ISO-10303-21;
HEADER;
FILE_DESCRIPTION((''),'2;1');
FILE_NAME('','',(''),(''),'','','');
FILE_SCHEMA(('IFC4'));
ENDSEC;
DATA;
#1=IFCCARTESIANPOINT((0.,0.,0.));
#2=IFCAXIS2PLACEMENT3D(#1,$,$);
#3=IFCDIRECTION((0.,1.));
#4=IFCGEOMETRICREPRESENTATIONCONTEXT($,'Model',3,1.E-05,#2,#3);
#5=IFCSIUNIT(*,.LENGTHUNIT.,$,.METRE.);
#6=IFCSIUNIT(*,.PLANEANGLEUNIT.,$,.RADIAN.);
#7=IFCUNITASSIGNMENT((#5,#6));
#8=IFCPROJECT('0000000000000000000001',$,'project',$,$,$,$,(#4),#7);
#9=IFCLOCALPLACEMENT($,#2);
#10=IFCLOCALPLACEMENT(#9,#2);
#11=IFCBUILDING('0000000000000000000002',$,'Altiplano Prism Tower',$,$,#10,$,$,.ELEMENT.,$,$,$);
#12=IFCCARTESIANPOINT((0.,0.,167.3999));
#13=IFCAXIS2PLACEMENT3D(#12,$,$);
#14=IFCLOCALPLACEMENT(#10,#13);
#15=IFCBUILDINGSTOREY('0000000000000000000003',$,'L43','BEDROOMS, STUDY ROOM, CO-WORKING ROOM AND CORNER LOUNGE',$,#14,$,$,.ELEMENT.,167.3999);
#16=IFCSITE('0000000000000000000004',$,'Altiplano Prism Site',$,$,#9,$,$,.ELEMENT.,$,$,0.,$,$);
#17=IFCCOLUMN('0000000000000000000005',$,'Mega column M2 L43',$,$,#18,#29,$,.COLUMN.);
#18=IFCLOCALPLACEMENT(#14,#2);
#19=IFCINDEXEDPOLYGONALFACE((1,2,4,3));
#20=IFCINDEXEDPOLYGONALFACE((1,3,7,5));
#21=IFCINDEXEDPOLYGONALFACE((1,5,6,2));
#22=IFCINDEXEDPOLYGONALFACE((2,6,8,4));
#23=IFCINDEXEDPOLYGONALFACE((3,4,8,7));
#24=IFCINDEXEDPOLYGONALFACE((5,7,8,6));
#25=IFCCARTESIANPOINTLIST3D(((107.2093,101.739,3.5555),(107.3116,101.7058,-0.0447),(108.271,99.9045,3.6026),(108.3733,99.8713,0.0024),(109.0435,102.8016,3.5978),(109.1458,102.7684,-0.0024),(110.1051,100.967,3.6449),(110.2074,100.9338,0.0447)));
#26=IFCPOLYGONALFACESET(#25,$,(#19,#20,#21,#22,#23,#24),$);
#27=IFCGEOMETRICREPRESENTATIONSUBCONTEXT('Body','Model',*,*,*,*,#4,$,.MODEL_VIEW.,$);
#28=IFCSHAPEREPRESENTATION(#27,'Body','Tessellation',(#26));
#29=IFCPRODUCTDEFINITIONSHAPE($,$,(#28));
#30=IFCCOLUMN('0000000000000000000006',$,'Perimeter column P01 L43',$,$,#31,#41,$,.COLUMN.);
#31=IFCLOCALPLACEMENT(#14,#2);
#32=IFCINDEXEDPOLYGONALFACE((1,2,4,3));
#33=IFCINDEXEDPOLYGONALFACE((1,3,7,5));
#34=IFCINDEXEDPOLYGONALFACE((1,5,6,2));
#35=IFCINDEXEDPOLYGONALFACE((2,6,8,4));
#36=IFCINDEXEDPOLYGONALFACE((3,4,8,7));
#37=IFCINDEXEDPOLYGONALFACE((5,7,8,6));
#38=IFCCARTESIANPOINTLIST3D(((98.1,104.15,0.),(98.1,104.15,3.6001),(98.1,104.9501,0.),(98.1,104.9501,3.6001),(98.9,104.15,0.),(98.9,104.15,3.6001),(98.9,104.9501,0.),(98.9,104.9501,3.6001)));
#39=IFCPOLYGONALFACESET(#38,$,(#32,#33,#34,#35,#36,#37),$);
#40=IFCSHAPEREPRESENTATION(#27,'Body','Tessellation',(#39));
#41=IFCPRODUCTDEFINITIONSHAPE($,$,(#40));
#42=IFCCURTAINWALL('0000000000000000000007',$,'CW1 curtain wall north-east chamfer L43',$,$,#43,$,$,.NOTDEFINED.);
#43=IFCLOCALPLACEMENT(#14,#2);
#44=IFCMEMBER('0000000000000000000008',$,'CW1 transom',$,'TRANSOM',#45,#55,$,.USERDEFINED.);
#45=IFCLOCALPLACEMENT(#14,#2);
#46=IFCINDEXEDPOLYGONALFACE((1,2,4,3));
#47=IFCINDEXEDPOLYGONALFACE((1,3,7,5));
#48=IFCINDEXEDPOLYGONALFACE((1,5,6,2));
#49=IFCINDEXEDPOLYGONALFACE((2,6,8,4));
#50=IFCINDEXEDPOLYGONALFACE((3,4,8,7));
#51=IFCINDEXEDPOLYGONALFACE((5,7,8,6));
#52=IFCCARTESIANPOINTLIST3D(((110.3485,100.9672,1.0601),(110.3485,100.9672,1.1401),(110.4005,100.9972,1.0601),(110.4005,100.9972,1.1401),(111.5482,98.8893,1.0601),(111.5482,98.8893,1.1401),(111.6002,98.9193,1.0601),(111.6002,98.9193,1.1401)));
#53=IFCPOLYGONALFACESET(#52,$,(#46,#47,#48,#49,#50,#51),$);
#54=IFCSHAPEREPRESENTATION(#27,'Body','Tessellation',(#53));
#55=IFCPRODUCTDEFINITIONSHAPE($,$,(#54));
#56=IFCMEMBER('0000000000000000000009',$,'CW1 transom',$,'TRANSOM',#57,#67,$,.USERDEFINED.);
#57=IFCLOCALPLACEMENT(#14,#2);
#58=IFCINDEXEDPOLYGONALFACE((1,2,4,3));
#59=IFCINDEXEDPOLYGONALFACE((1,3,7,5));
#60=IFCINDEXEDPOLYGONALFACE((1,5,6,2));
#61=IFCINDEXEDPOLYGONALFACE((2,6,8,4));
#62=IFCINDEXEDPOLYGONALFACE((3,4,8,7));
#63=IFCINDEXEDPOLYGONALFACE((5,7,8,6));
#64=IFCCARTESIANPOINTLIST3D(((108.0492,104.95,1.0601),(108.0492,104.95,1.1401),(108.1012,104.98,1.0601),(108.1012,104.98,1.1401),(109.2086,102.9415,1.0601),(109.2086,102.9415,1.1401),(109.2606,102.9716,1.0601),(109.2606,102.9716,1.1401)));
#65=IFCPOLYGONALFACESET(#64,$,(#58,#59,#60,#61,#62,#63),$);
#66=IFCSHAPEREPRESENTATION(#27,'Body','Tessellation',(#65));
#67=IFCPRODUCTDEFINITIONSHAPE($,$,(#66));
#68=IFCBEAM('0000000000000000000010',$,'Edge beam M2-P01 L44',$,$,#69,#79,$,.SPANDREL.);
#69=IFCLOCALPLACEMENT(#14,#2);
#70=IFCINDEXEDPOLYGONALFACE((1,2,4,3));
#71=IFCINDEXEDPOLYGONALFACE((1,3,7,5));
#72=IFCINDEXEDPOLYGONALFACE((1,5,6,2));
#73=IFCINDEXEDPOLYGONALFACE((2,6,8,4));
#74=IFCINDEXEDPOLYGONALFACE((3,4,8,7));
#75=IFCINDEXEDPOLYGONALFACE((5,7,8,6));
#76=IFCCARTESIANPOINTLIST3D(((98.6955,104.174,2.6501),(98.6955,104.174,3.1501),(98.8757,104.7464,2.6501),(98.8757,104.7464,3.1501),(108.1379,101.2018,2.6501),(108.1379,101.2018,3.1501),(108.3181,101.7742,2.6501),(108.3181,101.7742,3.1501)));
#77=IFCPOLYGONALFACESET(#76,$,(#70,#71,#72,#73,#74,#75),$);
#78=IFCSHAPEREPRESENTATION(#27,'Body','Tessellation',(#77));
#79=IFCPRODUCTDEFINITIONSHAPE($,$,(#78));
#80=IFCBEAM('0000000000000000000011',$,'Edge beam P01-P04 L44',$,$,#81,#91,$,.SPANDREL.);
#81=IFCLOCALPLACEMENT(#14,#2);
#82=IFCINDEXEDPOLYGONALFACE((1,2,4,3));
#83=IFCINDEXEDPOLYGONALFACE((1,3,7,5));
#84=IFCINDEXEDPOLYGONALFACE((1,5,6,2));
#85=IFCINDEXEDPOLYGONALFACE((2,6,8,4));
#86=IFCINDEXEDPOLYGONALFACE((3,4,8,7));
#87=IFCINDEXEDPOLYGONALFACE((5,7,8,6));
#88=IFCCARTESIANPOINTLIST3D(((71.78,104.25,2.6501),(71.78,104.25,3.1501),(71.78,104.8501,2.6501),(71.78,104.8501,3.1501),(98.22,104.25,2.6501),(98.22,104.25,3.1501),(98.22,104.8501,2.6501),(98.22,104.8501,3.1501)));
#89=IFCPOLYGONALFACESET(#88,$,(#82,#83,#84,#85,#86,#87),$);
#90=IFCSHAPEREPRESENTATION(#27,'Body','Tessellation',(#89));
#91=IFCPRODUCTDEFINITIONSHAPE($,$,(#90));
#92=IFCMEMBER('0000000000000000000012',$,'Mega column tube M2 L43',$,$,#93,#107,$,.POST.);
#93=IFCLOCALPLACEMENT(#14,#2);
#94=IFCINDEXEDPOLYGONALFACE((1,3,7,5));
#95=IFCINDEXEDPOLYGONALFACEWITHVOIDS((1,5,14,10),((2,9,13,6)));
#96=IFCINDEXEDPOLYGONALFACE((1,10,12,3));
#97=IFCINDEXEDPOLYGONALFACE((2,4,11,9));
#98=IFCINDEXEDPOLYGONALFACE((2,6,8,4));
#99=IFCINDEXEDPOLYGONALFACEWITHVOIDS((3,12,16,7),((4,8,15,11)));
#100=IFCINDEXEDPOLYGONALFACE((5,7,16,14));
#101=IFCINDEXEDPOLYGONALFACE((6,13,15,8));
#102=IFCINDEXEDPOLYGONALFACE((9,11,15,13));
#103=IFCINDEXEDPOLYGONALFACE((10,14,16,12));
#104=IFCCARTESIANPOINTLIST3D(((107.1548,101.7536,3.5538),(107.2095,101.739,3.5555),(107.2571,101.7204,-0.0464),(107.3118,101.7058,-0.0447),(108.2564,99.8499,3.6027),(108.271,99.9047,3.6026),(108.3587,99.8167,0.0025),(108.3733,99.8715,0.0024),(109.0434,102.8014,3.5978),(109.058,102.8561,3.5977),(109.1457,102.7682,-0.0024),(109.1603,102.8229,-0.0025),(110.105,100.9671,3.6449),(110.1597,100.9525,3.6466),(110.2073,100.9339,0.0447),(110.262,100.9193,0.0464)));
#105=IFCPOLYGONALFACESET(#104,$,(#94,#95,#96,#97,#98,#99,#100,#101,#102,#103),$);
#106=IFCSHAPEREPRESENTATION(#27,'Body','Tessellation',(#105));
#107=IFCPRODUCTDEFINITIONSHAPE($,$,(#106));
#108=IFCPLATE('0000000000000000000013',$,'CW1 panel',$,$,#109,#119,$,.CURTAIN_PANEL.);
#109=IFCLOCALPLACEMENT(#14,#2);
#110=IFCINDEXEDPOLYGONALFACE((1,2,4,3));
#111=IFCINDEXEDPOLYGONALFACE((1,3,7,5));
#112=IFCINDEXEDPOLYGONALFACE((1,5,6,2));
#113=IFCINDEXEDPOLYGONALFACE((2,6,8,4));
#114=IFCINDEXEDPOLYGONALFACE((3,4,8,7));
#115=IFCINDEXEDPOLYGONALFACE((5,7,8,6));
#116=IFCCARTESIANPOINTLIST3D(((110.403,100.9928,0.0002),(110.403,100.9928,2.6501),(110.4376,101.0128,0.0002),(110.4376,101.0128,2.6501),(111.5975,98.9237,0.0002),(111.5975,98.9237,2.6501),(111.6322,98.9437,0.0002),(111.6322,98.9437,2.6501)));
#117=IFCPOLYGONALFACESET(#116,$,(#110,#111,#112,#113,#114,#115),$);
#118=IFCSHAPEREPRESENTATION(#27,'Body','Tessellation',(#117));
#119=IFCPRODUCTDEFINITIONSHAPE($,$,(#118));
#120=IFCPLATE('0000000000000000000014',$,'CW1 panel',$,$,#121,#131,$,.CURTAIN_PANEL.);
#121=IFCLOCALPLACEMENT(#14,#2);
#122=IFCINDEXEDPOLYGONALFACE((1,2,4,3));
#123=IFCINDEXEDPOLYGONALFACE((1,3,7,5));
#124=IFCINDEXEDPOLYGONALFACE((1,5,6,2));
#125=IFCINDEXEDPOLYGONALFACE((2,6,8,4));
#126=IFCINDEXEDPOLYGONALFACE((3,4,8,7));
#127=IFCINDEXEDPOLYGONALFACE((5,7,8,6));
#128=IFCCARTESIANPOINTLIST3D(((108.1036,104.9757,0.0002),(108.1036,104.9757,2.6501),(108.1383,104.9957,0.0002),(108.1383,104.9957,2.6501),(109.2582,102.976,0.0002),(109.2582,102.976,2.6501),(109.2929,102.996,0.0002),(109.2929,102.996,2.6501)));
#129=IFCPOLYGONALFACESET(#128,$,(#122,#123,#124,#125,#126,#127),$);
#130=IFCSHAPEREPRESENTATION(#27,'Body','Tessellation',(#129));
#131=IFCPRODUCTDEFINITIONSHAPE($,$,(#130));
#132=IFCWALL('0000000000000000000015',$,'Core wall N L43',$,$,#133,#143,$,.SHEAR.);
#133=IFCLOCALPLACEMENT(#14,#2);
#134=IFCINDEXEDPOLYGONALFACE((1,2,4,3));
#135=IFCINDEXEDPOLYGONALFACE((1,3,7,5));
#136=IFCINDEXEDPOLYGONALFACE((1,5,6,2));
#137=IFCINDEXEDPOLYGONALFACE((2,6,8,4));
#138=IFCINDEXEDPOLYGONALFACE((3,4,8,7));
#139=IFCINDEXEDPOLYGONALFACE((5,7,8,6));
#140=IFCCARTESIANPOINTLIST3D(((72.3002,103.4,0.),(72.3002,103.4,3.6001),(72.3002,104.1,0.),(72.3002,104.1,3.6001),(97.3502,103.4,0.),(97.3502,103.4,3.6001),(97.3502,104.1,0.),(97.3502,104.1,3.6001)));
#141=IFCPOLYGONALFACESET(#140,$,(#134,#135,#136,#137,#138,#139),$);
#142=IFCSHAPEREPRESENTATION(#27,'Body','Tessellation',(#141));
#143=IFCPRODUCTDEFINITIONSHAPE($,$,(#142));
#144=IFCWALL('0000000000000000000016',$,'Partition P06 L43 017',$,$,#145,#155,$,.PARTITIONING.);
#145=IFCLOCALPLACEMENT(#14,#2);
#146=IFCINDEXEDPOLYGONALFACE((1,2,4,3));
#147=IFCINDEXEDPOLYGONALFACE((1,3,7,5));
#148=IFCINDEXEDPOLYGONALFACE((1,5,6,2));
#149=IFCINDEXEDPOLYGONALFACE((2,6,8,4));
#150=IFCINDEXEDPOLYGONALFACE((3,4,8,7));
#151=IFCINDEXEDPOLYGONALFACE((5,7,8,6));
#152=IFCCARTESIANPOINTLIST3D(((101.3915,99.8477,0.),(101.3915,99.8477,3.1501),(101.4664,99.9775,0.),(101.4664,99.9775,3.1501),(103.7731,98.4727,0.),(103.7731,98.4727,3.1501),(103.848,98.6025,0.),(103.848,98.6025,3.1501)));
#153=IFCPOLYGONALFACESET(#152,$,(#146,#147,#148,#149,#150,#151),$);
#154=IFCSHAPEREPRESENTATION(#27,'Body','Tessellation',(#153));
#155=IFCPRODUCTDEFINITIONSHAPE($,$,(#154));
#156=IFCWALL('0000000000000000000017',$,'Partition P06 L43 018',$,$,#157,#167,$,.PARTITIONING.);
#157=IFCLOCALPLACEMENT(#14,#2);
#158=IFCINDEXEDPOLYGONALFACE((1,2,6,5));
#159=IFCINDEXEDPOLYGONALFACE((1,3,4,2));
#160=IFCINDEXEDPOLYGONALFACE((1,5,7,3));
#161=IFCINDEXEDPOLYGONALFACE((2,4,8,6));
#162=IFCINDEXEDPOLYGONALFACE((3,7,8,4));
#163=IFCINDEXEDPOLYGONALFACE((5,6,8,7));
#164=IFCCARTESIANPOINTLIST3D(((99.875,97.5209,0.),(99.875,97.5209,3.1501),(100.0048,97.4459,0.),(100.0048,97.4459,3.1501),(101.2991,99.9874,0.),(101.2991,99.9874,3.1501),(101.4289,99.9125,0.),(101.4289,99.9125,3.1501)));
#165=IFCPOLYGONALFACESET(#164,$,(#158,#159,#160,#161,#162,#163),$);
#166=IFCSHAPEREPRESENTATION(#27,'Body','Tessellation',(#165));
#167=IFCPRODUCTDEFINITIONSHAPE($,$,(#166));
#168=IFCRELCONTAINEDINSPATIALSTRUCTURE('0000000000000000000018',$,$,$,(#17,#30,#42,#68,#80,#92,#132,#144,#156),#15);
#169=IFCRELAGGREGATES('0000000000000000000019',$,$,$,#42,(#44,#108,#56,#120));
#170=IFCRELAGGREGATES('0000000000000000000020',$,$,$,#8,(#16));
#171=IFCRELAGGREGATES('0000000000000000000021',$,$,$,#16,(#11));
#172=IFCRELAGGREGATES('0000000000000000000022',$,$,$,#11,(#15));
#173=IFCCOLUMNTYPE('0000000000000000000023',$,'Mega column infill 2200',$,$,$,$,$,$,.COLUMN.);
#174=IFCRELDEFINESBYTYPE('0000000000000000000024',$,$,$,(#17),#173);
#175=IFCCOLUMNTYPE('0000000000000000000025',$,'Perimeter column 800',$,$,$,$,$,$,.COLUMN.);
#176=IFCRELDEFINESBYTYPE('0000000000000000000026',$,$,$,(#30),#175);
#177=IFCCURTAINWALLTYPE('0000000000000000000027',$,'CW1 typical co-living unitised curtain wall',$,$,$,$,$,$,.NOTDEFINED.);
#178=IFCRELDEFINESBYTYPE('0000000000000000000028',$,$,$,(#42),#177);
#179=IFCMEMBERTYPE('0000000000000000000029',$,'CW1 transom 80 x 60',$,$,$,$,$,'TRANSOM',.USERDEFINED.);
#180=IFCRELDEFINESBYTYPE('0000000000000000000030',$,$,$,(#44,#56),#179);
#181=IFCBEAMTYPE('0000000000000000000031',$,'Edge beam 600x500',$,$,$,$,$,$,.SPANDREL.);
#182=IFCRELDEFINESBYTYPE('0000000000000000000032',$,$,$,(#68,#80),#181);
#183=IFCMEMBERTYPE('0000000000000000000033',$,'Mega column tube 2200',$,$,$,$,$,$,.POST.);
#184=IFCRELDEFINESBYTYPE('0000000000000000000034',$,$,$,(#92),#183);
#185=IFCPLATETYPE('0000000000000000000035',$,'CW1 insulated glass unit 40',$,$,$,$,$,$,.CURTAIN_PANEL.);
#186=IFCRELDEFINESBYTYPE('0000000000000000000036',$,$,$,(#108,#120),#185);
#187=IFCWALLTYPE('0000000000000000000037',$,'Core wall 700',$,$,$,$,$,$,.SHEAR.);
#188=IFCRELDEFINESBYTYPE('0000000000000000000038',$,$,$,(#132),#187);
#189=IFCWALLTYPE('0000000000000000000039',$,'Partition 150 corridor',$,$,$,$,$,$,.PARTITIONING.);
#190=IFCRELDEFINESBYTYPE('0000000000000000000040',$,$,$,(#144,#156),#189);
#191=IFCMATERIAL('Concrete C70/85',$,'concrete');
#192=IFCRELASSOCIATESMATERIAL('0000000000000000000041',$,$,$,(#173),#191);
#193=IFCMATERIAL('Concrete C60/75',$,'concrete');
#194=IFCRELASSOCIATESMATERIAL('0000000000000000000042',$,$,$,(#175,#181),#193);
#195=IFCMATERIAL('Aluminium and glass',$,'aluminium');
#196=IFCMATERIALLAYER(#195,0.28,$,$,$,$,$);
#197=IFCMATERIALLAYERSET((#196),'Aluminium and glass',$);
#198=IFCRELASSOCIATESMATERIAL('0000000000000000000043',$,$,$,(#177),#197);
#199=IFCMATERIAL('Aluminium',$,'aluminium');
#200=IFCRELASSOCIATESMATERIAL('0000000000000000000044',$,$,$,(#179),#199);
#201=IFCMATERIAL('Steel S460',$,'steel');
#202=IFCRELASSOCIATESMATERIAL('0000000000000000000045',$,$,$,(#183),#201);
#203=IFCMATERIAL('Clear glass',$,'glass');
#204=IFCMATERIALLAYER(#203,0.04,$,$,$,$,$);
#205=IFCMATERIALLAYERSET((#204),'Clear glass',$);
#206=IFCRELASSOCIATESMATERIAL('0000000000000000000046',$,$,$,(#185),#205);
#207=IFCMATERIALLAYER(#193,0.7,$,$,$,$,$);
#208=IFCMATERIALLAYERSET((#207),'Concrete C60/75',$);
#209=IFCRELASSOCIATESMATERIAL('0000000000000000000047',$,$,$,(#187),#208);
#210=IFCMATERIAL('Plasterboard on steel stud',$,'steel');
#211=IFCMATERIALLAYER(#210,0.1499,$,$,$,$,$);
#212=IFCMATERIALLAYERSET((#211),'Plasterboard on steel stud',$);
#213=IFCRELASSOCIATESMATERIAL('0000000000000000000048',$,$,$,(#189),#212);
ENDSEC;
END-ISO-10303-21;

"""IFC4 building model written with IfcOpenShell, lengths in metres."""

from ifc_helpers import new_model, si_unit, direction, frame, frame_2d, origin, origin_2d, place, context, subcontext, project, spatial, rectangle, hollow_rectangle, extrude, material, layer, layer_set, material_profile, profile_set, type_object, element, aggregate, save


model = new_model("IFC4")

# Units and contexts
model_context = context("Model", 3, precision=1e-05, world=origin(), true_north=direction((0.0, 1.0)))
body_context = subcontext(model_context, "Body", "Model", "MODEL_VIEW")
ifc_project = project(units=[si_unit("LENGTHUNIT", "METRE"), si_unit("PLANEANGLEUNIT", "RADIAN")], contexts=[model_context])

# Site, building, storey
site_placement = place(None, origin())
site = spatial("IfcSite", under=ifc_project, at=site_placement, Name="Altiplano Prism Site", CompositionType="ELEMENT", RefElevation=0.0)
building_placement = place(site_placement, origin())
building = spatial("IfcBuilding", under=site, at=building_placement, Name="Altiplano Prism Tower", CompositionType="ELEMENT")
storey_placement = place(building_placement, frame((0.0, 0.0, 167.3999)))
storey = spatial("IfcBuildingStorey", under=building, at=storey_placement, Name="L43", Description="BEDROOMS, STUDY ROOM, CO-WORKING ROOM AND CORNER LOUNGE", CompositionType="ELEMENT", Elevation=167.3999)

# Columns
ifc_material_1 = material(Name="Concrete C70/85", Category="concrete")
ifc_material_profile_1 = material_profile(ifc_material_1, rectangle(XDim=2.1201, YDim=2.1201, at=origin_2d()), Name="Mega column infill 2200")
ifc_profile_set_1 = profile_set([ifc_material_profile_1], Name="Concrete C70/85")
column_type_1 = type_object("IfcColumnType", Name="Mega column infill 2200", PredefinedType="COLUMN", material=ifc_profile_set_1)
column_1_placement = place(storey_placement, frame((108.7595, 101.3198, 0.0), z_axis=(-0.028402, 0.009219, 0.999554), x_axis=(0.500752, -0.865306, 0.022209)))
element("IfcColumn", 1, at=column_1_placement, inside=storey, type_object=column_type_1, Name="Mega column M2 L43", PredefinedType="COLUMN", context=body_context, shape_type="SweptSolid", body=[
    extrude(rectangle(XDim=2.1201, YDim=2.1201, at=origin_2d()), origin(), (0.0, 0.0, 1.0), 3.6018),
])
ifc_material_2 = material(Name="Concrete C60/75", Category="concrete")
ifc_material_profile_2 = material_profile(ifc_material_2, rectangle(XDim=0.8, YDim=0.8, at=origin_2d()), Name="Perimeter column 800")
ifc_profile_set_2 = profile_set([ifc_material_profile_2], Name="Concrete C60/75")
column_type_2 = type_object("IfcColumnType", Name="Perimeter column 800", PredefinedType="COLUMN", material=ifc_profile_set_2)
column_2_placement = place(storey_placement, frame((98.5, 104.55, 0.0), z_axis=(0.0, 0.0, 1.0), x_axis=(1.0, 0.0, 0.0)))
element("IfcColumn", 2, at=column_2_placement, inside=storey, type_object=column_type_2, Name="Perimeter column P01 L43", PredefinedType="COLUMN", context=body_context, shape_type="SweptSolid", body=[
    extrude(rectangle(XDim=0.8, YDim=0.8, at=origin_2d()), origin(), (0.0, 0.0, 1.0), 3.6001),
])

# Curtain wall, members
ifc_material_3 = material(Name="Aluminium and glass", Category="aluminium")
ifc_layer_1 = layer(ifc_material_3, 0.28)
ifc_layer_set_1 = layer_set([ifc_layer_1], Name="Aluminium and glass")
curtain_wall_type = type_object("IfcCurtainWallType", Name="CW1 typical co-living unitised curtain wall", PredefinedType="NOTDEFINED", material=ifc_layer_set_1)
curtain_wall_placement = place(storey_placement, origin())
curtain_wall = element("IfcCurtainWall", 3, at=curtain_wall_placement, inside=storey, type_object=curtain_wall_type, Name="CW1 curtain wall north-east chamfer L43", PredefinedType="NOTDEFINED")
ifc_material_4 = material(Name="Aluminium", Category="aluminium")
ifc_material_profile_3 = material_profile(ifc_material_4, rectangle(XDim=0.0601, YDim=0.0801, at=origin_2d()), Name="CW1 transom 80 x 60")
ifc_profile_set_3 = profile_set([ifc_material_profile_3], Name="Aluminium")
member_type_1 = type_object("IfcMemberType", Name="CW1 transom 80 x 60", ElementType="TRANSOM", PredefinedType="USERDEFINED", material=ifc_profile_set_3)
member_1_placement = place(storey_placement, frame((111.5742, 98.9043, 1.1001), z_axis=(-0.500013, 0.866018, 0.0), x_axis=(-0.866018, -0.500013, 0.0)))
member_1 = element("IfcMember", 4, at=member_1_placement, type_object=member_type_1, Name="CW1 transom", ObjectType="TRANSOM", PredefinedType="USERDEFINED", context=body_context, shape_type="SweptSolid", body=[
    extrude(rectangle(XDim=0.0601, YDim=0.0801, at=origin_2d()), origin(), (0.0, 0.0, 1.0), 2.3994),
])
member_2_placement = place(storey_placement, frame((109.2346, 102.9565, 1.1001), z_axis=(-0.499932, 0.866065, 0.0), x_axis=(-0.866065, -0.499932, 0.0)))
member_2 = element("IfcMember", 5, at=member_2_placement, type_object=member_type_1, Name="CW1 transom", ObjectType="TRANSOM", PredefinedType="USERDEFINED", context=body_context, shape_type="SweptSolid", body=[
    extrude(rectangle(XDim=0.0601, YDim=0.0801, at=origin_2d()), origin(), (0.0, 0.0, 1.0), 2.3191),
])

# Beams
ifc_material_profile_4 = material_profile(ifc_material_2, rectangle(XDim=0.6001, YDim=0.5, at=origin_2d()), Name="Edge beam 600x500")
ifc_profile_set_4 = profile_set([ifc_material_profile_4], Name="Concrete C60/75")
beam_type = type_object("IfcBeamType", Name="Edge beam 600x500", PredefinedType="SPANDREL", material=ifc_profile_set_4)
beam_1_placement = place(storey_placement, frame((108.228, 101.488, 2.9001), z_axis=(-0.953862, 0.300246, 0.0), x_axis=(-0.300246, -0.953862, 0.0)))
element("IfcBeam", 6, at=beam_1_placement, inside=storey, type_object=beam_type, Name="Edge beam M2-P01 L44", PredefinedType="SPANDREL", context=body_context, shape_type="SweptSolid", body=[
    extrude(rectangle(XDim=0.6001, YDim=0.5, at=origin_2d()), origin(), (0.0, 0.0, 1.0), 9.8992),
])
beam_2_placement = place(storey_placement, frame((98.22, 104.55, 2.9001), z_axis=(-1.0, 0.0, 0.0), x_axis=(0.0, -1.0, 0.0)))
element("IfcBeam", 7, at=beam_2_placement, inside=storey, type_object=beam_type, Name="Edge beam P01-P04 L44", PredefinedType="SPANDREL", context=body_context, shape_type="SweptSolid", body=[
    extrude(rectangle(XDim=0.6001, YDim=0.5, at=origin_2d()), origin(), (0.0, 0.0, 1.0), 26.4399),
])

# Member
ifc_material_5 = material(Name="Steel S460", Category="steel")
ifc_material_profile_5 = material_profile(ifc_material_5, hollow_rectangle(XDim=2.2, YDim=2.2, WallThickness=0.04, at=origin_2d()), Name="Mega column tube 2200")
ifc_profile_set_5 = profile_set([ifc_material_profile_5], Name="Steel S460")
member_type_2 = type_object("IfcMemberType", Name="Mega column tube 2200", PredefinedType="POST", material=ifc_profile_set_5)
member_3_placement = place(storey_placement, frame((108.7595, 101.3198, 0.0), z_axis=(-0.028402, 0.009219, 0.999554), x_axis=(0.500752, -0.865306, 0.022209)))
element("IfcMember", 8, at=member_3_placement, inside=storey, type_object=member_type_2, Name="Mega column tube M2 L43", PredefinedType="POST", context=body_context, shape_type="SweptSolid", body=[
    extrude(hollow_rectangle(XDim=2.2, YDim=2.2, WallThickness=0.04, at=origin_2d()), origin(), (0.0, 0.0, 1.0), 3.6018),
])

# Plates
ifc_material_6 = material(Name="Clear glass", Category="glass")
ifc_layer_2 = layer(ifc_material_6, 0.04)
ifc_layer_set_2 = layer_set([ifc_layer_2], Name="Clear glass")
plate_type = type_object("IfcPlateType", Name="CW1 insulated glass unit 40", PredefinedType="CURTAIN_PANEL", material=ifc_layer_set_2)
plate_1_placement = place(storey_placement, frame((111.0176, 99.9683, 0.0002), z_axis=(0.0, 0.0, 1.0), x_axis=(-0.5, 0.866025, 0.0)))
plate_1 = element("IfcPlate", 9, at=plate_1_placement, type_object=plate_type, Name="CW1 panel", PredefinedType="CURTAIN_PANEL", context=body_context, shape_type="SweptSolid", body=[
    extrude(rectangle(XDim=2.3892, YDim=0.04, at=origin_2d()), origin(), (0.0, 0.0, 1.0), 2.6499),
])
plate_2_placement = place(storey_placement, frame((108.6982, 103.9858, 0.0002), z_axis=(0.0, 0.0, 1.0), x_axis=(-0.5, 0.866025, 0.0)))
plate_2 = element("IfcPlate", 10, at=plate_2_placement, type_object=plate_type, Name="CW1 panel", PredefinedType="CURTAIN_PANEL", context=body_context, shape_type="SweptSolid", body=[
    extrude(rectangle(XDim=2.3091, YDim=0.04, at=origin_2d()), origin(), (0.0, 0.0, 1.0), 2.6499),
])
aggregate(curtain_wall, [member_1, plate_1, member_2, plate_2])

# Walls
ifc_layer_3 = layer(ifc_material_2, 0.7)
ifc_layer_set_3 = layer_set([ifc_layer_3], Name="Concrete C60/75")
wall_type_1 = type_object("IfcWallType", Name="Core wall 700", PredefinedType="SHEAR", material=ifc_layer_set_3)
wall_1_placement = place(storey_placement, frame((97.3501, 103.75, 0.0), z_axis=(0.0, 0.0, 1.0), x_axis=(-1.0, 0.0, 0.0)))
element("IfcWall", 11, at=wall_1_placement, inside=storey, type_object=wall_type_1, Name="Core wall N L43", PredefinedType="SHEAR", context=body_context, shape_type="SweptSolid", body=[
    extrude(rectangle(XDim=25.05, YDim=0.7, at=frame_2d((12.5249, 0.0))), origin(), (0.0, 0.0, 1.0), 3.6001),
])
ifc_material_7 = material(Name="Plasterboard on steel stud", Category="steel")
ifc_layer_4 = layer(ifc_material_7, 0.1499)
ifc_layer_set_4 = layer_set([ifc_layer_4], Name="Plasterboard on steel stud")
wall_type_2 = type_object("IfcWallType", Name="Partition 150 corridor", PredefinedType="PARTITIONING", material=ifc_layer_set_4)
wall_2_placement = place(storey_placement, frame((103.8105, 98.5376, 0.0), z_axis=(0.0, 0.0, 1.0), x_axis=(-0.866027, 0.499997, 0.0)))
element("IfcWall", 12, at=wall_2_placement, inside=storey, type_object=wall_type_2, Name="Partition P06 L43 017", PredefinedType="PARTITIONING", context=body_context, shape_type="SweptSolid", body=[
    extrude(rectangle(XDim=2.75, YDim=0.1499, at=frame_2d((1.375, 0.0))), origin(), (0.0, 0.0, 1.0), 3.1501),
])
wall_3_placement = place(storey_placement, frame((101.364, 99.95, 0.0), z_axis=(0.0, 0.0, 1.0), x_axis=(-0.500002, -0.866024, 0.0)))
element("IfcWall", 13, at=wall_3_placement, inside=storey, type_object=wall_type_2, Name="Partition P06 L43 018", PredefinedType="PARTITIONING", context=body_context, shape_type="SweptSolid", body=[
    extrude(rectangle(XDim=2.8481, YDim=0.1499, at=frame_2d((1.4241, 0.0))), origin(), (0.0, 0.0, 1.0), 3.1501),
])

save(model, "model.ifc")
